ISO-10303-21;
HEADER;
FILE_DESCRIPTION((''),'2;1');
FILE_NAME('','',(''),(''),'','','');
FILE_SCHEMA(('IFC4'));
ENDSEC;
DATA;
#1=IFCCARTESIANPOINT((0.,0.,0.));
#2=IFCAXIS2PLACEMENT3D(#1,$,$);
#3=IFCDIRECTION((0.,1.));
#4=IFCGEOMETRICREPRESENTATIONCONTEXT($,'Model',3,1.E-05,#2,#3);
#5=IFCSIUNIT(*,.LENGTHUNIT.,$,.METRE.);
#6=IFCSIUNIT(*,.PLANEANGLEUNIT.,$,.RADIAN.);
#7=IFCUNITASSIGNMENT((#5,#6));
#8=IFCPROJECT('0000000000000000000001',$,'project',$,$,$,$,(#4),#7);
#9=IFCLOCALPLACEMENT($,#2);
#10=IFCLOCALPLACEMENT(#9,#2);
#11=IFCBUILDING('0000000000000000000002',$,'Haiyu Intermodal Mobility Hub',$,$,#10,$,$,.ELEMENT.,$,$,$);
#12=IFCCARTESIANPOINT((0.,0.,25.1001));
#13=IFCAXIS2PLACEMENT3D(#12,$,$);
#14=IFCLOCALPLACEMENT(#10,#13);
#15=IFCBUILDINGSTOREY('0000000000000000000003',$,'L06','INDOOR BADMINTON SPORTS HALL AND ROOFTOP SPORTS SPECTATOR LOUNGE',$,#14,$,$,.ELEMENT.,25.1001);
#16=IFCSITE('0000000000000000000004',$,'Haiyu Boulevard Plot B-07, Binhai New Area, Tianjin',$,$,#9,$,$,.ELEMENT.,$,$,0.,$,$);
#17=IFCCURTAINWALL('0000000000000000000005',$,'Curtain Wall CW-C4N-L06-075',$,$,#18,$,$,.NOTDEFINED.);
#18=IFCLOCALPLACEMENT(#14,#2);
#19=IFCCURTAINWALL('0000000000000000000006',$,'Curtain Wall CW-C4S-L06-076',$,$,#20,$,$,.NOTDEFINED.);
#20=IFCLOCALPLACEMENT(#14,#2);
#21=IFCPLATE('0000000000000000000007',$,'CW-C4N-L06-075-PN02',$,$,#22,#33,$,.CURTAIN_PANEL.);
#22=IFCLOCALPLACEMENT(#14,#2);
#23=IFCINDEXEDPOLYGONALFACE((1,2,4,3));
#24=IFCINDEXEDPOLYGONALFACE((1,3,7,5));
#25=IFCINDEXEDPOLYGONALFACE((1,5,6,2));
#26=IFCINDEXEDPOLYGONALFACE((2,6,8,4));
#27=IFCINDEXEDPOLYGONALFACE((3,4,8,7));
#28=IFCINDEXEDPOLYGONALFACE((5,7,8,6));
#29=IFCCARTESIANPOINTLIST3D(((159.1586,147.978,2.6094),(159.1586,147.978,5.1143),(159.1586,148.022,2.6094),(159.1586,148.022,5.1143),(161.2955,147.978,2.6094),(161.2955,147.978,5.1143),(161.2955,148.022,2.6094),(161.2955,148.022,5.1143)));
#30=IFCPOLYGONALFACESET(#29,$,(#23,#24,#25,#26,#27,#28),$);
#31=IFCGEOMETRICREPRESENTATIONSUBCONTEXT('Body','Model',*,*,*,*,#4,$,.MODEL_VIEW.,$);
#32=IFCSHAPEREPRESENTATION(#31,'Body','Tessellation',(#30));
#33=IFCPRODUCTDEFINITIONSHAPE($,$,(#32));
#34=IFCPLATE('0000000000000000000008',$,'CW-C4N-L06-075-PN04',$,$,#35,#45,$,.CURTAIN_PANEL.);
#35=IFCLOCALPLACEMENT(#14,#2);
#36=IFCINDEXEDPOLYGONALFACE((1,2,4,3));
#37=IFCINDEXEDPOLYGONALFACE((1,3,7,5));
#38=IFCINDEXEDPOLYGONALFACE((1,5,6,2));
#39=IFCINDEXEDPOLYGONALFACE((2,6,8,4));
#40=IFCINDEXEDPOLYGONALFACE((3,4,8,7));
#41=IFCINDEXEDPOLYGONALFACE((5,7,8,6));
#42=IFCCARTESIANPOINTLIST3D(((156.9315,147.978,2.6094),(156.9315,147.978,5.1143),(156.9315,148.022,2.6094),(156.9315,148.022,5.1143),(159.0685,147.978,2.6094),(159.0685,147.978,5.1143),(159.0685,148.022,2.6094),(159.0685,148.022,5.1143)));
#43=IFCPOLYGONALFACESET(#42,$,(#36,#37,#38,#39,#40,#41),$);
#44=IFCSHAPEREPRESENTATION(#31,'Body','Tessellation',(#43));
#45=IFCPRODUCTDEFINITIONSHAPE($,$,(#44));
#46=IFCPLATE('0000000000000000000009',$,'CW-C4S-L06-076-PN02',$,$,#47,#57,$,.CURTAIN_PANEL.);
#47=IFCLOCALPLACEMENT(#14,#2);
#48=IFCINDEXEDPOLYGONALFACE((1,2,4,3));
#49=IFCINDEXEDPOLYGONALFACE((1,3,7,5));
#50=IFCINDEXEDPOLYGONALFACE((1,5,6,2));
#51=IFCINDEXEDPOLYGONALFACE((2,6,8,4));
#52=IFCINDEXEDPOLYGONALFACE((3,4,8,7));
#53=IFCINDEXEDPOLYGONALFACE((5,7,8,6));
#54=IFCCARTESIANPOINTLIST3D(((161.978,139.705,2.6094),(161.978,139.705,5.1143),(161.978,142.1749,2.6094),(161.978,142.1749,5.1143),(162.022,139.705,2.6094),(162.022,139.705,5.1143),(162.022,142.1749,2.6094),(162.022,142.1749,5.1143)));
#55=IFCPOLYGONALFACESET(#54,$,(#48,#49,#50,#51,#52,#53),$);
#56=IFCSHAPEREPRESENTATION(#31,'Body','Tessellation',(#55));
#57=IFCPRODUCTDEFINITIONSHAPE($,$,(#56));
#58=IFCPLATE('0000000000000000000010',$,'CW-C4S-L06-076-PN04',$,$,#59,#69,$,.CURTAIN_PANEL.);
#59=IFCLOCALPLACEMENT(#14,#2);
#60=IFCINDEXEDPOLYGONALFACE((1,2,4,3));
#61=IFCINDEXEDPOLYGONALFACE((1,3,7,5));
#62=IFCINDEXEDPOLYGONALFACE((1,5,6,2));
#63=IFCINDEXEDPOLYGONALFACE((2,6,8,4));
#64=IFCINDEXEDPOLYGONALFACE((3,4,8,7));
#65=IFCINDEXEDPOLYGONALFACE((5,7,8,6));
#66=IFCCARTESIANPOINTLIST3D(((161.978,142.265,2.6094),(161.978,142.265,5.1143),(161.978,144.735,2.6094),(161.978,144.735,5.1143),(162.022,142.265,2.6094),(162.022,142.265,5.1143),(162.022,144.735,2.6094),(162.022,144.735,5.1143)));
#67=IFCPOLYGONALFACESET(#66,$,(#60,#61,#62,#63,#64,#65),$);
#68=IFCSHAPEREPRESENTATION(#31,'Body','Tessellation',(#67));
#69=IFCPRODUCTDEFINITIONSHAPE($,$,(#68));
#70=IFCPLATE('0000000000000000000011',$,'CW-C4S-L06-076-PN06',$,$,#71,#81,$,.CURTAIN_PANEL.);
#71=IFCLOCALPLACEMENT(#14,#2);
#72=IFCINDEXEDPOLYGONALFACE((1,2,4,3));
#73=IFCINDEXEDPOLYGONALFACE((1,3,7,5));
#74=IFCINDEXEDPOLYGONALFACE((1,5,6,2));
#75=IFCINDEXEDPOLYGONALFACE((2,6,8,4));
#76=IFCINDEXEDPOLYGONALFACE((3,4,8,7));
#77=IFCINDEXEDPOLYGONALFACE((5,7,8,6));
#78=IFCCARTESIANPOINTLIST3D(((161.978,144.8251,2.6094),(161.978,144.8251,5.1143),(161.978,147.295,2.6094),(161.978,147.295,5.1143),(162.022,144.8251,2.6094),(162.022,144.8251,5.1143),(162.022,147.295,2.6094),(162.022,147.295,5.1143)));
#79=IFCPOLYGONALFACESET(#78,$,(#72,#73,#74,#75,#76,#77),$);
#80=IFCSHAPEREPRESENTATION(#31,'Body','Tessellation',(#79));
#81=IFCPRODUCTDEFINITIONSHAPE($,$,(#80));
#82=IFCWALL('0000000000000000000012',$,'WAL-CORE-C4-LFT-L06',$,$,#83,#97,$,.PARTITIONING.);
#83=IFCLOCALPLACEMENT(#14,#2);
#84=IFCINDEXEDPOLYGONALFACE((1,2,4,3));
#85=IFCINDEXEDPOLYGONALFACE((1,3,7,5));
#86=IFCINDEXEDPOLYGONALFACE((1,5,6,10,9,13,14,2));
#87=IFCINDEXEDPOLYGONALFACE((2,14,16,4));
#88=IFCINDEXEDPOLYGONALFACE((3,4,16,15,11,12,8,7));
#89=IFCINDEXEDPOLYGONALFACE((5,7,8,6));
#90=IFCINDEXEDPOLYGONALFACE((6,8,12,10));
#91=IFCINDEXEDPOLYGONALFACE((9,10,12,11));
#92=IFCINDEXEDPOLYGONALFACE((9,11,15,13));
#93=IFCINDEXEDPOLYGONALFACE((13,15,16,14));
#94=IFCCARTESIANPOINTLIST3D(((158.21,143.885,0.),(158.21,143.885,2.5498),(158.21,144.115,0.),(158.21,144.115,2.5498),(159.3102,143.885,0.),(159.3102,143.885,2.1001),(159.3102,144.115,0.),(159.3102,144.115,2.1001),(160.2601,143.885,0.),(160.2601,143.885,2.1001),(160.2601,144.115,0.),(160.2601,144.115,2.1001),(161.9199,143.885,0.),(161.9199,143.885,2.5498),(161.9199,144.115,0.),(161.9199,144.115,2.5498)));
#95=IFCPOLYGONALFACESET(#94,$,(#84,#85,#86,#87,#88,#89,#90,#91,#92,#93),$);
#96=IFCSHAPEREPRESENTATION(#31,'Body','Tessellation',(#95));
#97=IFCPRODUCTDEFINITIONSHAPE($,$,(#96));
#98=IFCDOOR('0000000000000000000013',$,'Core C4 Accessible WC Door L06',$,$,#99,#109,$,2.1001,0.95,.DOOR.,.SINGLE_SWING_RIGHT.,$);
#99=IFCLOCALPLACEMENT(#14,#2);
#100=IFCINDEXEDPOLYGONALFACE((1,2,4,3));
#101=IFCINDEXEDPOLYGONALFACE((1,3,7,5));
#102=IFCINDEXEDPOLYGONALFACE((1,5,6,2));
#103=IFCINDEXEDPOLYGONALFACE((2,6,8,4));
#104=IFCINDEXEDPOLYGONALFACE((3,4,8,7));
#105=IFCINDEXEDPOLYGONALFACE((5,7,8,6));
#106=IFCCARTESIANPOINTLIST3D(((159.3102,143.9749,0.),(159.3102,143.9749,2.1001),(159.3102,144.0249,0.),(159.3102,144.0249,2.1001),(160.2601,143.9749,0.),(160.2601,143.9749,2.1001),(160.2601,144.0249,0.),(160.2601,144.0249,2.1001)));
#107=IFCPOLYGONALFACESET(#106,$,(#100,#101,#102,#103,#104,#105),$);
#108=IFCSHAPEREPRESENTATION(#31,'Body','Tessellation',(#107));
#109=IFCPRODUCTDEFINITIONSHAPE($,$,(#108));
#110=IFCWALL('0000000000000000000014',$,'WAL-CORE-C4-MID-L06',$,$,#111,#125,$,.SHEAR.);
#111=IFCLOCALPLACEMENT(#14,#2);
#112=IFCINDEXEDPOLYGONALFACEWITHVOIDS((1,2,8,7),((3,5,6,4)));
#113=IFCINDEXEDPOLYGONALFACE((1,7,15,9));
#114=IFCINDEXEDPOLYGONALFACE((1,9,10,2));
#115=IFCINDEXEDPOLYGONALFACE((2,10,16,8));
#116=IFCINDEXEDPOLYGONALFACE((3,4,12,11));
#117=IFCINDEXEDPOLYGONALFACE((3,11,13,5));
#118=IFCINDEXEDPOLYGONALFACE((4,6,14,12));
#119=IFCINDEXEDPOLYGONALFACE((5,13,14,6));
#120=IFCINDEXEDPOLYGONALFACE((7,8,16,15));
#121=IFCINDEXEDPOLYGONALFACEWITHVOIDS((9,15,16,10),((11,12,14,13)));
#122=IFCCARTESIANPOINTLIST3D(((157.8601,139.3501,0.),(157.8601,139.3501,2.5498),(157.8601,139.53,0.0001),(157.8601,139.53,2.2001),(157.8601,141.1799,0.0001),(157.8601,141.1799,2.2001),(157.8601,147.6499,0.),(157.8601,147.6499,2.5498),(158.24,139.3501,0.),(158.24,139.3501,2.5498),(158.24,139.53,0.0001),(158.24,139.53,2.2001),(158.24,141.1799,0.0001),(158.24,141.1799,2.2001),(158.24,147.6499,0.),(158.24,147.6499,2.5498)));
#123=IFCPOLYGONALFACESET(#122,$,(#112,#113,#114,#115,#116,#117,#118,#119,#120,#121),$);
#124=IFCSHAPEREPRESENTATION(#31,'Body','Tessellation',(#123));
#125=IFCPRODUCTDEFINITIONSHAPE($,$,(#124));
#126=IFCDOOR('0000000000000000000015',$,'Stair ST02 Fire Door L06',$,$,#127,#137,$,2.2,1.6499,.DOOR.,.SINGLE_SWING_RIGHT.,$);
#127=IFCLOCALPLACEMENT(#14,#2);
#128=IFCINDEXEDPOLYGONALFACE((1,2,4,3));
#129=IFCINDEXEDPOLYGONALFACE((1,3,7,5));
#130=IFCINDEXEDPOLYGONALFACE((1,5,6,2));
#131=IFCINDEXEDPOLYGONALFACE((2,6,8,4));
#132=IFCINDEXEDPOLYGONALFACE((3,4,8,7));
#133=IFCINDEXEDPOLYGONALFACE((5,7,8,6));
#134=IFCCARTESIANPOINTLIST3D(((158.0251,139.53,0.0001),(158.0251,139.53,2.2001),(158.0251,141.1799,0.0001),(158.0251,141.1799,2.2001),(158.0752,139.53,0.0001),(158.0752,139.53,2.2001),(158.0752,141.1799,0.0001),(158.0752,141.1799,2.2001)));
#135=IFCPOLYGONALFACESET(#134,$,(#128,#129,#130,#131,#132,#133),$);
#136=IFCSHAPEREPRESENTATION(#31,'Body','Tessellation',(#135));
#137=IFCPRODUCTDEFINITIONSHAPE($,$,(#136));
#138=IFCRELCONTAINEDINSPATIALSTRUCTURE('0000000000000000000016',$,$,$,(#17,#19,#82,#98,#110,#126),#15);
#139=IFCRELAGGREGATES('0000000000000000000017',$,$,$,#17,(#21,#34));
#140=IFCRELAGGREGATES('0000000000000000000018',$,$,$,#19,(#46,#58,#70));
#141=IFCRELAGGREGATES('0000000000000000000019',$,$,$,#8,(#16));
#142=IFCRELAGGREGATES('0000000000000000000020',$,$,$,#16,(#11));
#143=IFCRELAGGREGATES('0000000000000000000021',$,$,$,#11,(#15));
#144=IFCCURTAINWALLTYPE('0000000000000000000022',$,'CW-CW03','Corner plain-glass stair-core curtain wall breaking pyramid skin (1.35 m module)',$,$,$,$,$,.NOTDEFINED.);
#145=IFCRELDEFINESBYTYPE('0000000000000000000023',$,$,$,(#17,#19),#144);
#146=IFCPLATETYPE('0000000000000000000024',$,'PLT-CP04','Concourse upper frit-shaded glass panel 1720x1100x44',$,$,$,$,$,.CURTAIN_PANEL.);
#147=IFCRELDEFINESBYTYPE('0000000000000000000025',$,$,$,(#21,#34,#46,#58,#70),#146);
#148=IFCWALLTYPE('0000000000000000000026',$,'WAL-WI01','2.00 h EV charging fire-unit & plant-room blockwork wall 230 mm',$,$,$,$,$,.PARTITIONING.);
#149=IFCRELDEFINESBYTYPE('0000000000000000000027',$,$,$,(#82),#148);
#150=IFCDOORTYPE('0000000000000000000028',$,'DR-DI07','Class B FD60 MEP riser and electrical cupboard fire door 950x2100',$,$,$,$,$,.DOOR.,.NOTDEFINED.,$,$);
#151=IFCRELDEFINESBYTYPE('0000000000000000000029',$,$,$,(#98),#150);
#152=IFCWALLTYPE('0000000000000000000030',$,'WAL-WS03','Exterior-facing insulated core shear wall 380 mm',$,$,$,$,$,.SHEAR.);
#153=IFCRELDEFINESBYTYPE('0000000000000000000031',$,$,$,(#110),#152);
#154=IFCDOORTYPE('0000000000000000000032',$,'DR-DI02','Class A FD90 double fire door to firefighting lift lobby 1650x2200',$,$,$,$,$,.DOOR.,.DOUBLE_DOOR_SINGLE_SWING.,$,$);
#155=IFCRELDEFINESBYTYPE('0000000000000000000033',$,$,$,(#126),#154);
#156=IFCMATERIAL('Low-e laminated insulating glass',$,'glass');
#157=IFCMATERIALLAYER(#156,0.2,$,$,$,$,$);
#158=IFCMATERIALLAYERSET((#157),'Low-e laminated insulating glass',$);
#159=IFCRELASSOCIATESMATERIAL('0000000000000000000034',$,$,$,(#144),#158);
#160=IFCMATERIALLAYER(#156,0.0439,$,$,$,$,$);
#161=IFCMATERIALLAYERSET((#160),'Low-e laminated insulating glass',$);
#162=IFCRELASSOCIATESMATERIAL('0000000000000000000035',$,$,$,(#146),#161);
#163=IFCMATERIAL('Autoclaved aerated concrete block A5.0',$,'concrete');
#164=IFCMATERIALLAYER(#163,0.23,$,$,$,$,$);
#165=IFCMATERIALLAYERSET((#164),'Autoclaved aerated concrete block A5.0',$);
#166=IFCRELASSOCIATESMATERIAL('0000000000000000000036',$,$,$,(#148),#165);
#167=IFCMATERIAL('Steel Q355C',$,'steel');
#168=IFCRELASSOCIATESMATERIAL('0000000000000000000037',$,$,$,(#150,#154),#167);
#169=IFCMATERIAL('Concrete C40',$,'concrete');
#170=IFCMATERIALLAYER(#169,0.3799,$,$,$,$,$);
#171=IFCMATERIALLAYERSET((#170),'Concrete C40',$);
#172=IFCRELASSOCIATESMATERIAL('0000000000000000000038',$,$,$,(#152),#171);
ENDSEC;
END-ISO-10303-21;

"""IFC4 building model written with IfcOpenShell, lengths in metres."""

from ifc_helpers import new_model, si_unit, direction, frame, frame_2d, origin, origin_2d, place, context, subcontext, project, spatial, rectangle, extrude, material, layer, layer_set, type_object, element, fill, aggregate, save


model = new_model("IFC4")

# Units and contexts
model_context = context("Model", 3, precision=1e-05, world=origin(), true_north=direction((0.0, 1.0)))
body_context = subcontext(model_context, "Body", "Model", "MODEL_VIEW")
ifc_project = project(units=[si_unit("LENGTHUNIT", "METRE"), si_unit("PLANEANGLEUNIT", "RADIAN")], contexts=[model_context])

# Site, building, storey
site_placement = place(None, origin())
site = spatial("IfcSite", under=ifc_project, at=site_placement, Name="Haiyu Boulevard Plot B-07, Binhai New Area, Tianjin", CompositionType="ELEMENT", RefElevation=0.0)
building_placement = place(site_placement, origin())
building = spatial("IfcBuilding", under=site, at=building_placement, Name="Haiyu Intermodal Mobility Hub", CompositionType="ELEMENT")
storey_placement = place(building_placement, frame((0.0, 0.0, 25.1001)))
storey = spatial("IfcBuildingStorey", under=building, at=storey_placement, Name="L06", Description="INDOOR BADMINTON SPORTS HALL AND ROOFTOP SPORTS SPECTATOR LOUNGE", CompositionType="ELEMENT", Elevation=25.1001)

# Shared definitions
ifc_material_1 = material(Name="Steel Q355C", Category="steel")

# Curtain walls
ifc_material_2 = material(Name="Low-e laminated insulating glass", Category="glass")
ifc_layer_1 = layer(ifc_material_2, 0.2)
ifc_layer_set_1 = layer_set([ifc_layer_1], Name="Low-e laminated insulating glass")
curtain_wall_type = type_object("IfcCurtainWallType", Name="CW-CW03", Description="Corner plain-glass stair-core curtain wall breaking pyramid skin (1.35 m module)", PredefinedType="NOTDEFINED", material=ifc_layer_set_1)
curtain_wall_1_placement = place(storey_placement, origin())
curtain_wall_1 = element("IfcCurtainWall", 1, at=curtain_wall_1_placement, inside=storey, type_object=curtain_wall_type, Name="Curtain Wall CW-C4N-L06-075", PredefinedType="NOTDEFINED")
curtain_wall_2_placement = place(storey_placement, origin())
curtain_wall_2 = element("IfcCurtainWall", 2, at=curtain_wall_2_placement, inside=storey, type_object=curtain_wall_type, Name="Curtain Wall CW-C4S-L06-076", PredefinedType="NOTDEFINED")

# Plates
ifc_layer_2 = layer(ifc_material_2, 0.0439)
ifc_layer_set_2 = layer_set([ifc_layer_2], Name="Low-e laminated insulating glass")
plate_type_1 = type_object("IfcPlateType", Name="PLT-CP04", Description="Concourse upper frit-shaded glass panel 1720x1100x44", PredefinedType="CURTAIN_PANEL", material=ifc_layer_set_2)
plate_1_placement = place(storey_placement, frame((160.2271, 148.0, 2.6094), z_axis=(0.0, 0.0, 1.0), x_axis=(-1.0, 0.0, 0.0)))
plate_1 = element("IfcPlate", 3, at=plate_1_placement, type_object=plate_type_1, Name="CW-C4N-L06-075-PN02", PredefinedType="CURTAIN_PANEL", context=body_context, shape_type="SweptSolid", body=[
    extrude(rectangle(XDim=2.137, YDim=0.0439, at=origin_2d()), origin(), (0.0, 0.0, 1.0), 2.5049),
])
plate_2_placement = place(storey_placement, frame((158.0, 148.0, 2.6094), z_axis=(0.0, 0.0, 1.0), x_axis=(-1.0, 0.0, 0.0)))
plate_2 = element("IfcPlate", 4, at=plate_2_placement, type_object=plate_type_1, Name="CW-C4N-L06-075-PN04", PredefinedType="CURTAIN_PANEL", context=body_context, shape_type="SweptSolid", body=[
    extrude(rectangle(XDim=2.137, YDim=0.0439, at=origin_2d()), origin(), (0.0, 0.0, 1.0), 2.5049),
])
aggregate(curtain_wall_1, [plate_1, plate_2])
plate_3_placement = place(storey_placement, frame((162.0, 140.9399, 2.6094), z_axis=(0.0, 0.0, 1.0), x_axis=(0.0, 1.0, 0.0)))
plate_3 = element("IfcPlate", 5, at=plate_3_placement, type_object=plate_type_1, Name="CW-C4S-L06-076-PN02", PredefinedType="CURTAIN_PANEL", context=body_context, shape_type="SweptSolid", body=[
    extrude(rectangle(XDim=2.47, YDim=0.0439, at=origin_2d()), origin(), (0.0, 0.0, 1.0), 2.5049),
])
plate_4_placement = place(storey_placement, frame((162.0, 143.5, 2.6094), z_axis=(0.0, 0.0, 1.0), x_axis=(0.0, 1.0, 0.0)))
plate_4 = element("IfcPlate", 6, at=plate_4_placement, type_object=plate_type_1, Name="CW-C4S-L06-076-PN04", PredefinedType="CURTAIN_PANEL", context=body_context, shape_type="SweptSolid", body=[
    extrude(rectangle(XDim=2.47, YDim=0.0439, at=origin_2d()), origin(), (0.0, 0.0, 1.0), 2.5049),
])
plate_5_placement = place(storey_placement, frame((162.0, 146.0601, 2.6094), z_axis=(0.0, 0.0, 1.0), x_axis=(0.0, 1.0, 0.0)))
plate_5 = element("IfcPlate", 7, at=plate_5_placement, type_object=plate_type_1, Name="CW-C4S-L06-076-PN06", PredefinedType="CURTAIN_PANEL", context=body_context, shape_type="SweptSolid", body=[
    extrude(rectangle(XDim=2.47, YDim=0.0439, at=origin_2d()), origin(), (0.0, 0.0, 1.0), 2.5049),
])
aggregate(curtain_wall_2, [plate_3, plate_4, plate_5])

# Walls, openings, doors
ifc_material_3 = material(Name="Autoclaved aerated concrete block A5.0", Category="concrete")
ifc_layer_3 = layer(ifc_material_3, 0.23)
ifc_layer_set_3 = layer_set([ifc_layer_3], Name="Autoclaved aerated concrete block A5.0")
wall_type_1 = type_object("IfcWallType", Name="WAL-WI01", Description="2.00 h EV charging fire-unit & plant-room blockwork wall 230 mm", PredefinedType="PARTITIONING", material=ifc_layer_set_3)
wall_1_placement = place(storey_placement, frame((158.21, 144.0, 0.0), z_axis=(0.0, 0.0, 1.0), x_axis=(1.0, 0.0, 0.0)))
wall_1 = element("IfcWall", 8, at=wall_1_placement, inside=storey, type_object=wall_type_1, Name="WAL-CORE-C4-LFT-L06", PredefinedType="PARTITIONING", context=body_context, shape_type="SweptSolid", body=[
    extrude(rectangle(XDim=3.71, YDim=0.23, at=frame_2d((1.855, 0.0))), origin(), (0.0, 0.0, 1.0), 2.5498),
])
opening_1_placement = place(wall_1_placement, frame((1.1001, 0.0, 0.0)))
opening_1 = element("IfcOpeningElement", 9, at=opening_1_placement, cuts=wall_1, PredefinedType="OPENING", context=body_context, shape_type="SweptSolid", body=[
    extrude(rectangle(XDim=0.95, YDim=2.1001, at=frame_2d((0.4751, 1.05))), frame((0.0, 0.125, 0.0), z_axis=(0.0, -1.0, 0.0), x_axis=(1.0, 0.0, 0.0)), (0.0, 0.0, 1.0), 0.25),
])
door_type_1 = type_object("IfcDoorType", Name="DR-DI07", Description="Class B FD60 MEP riser and electrical cupboard fire door 950x2100", OperationType="NOTDEFINED", PredefinedType="DOOR", material=ifc_material_1)
door_1_placement = place(opening_1_placement, origin())
door_1 = element("IfcDoor", 10, at=door_1_placement, inside=storey, type_object=door_type_1, Name="Core C4 Accessible WC Door L06", OperationType="SINGLE_SWING_RIGHT", OverallHeight=2.1001, OverallWidth=0.95, PredefinedType="DOOR", context=body_context, shape_type="SweptSolid", body=[
    extrude(rectangle(XDim=0.95, YDim=2.1001, at=frame_2d((0.4751, 1.05))), frame((0.0, 0.0249, 0.0), z_axis=(0.0, -1.0, 0.0), x_axis=(1.0, 0.0, 0.0)), (0.0, 0.0, 1.0), 0.05),
])
fill(opening_1, door_1)
ifc_material_4 = material(Name="Concrete C40", Category="concrete")
ifc_layer_4 = layer(ifc_material_4, 0.3799)
ifc_layer_set_4 = layer_set([ifc_layer_4], Name="Concrete C40")
wall_type_2 = type_object("IfcWallType", Name="WAL-WS03", Description="Exterior-facing insulated core shear wall 380 mm", PredefinedType="SHEAR", material=ifc_layer_set_4)
wall_2_placement = place(storey_placement, frame((158.05, 139.3501, 0.0), z_axis=(0.0, 0.0, 1.0), x_axis=(0.0, 1.0, 0.0)))
wall_2 = element("IfcWall", 11, at=wall_2_placement, inside=storey, type_object=wall_type_2, Name="WAL-CORE-C4-MID-L06", PredefinedType="SHEAR", context=body_context, shape_type="SweptSolid", body=[
    extrude(rectangle(XDim=8.2998, YDim=0.3799, at=frame_2d((4.1499, 0.0))), origin(), (0.0, 0.0, 1.0), 2.5498),
])
opening_2_placement = place(wall_2_placement, frame((0.1799, 0.0, 0.0)))
opening_2 = element("IfcOpeningElement", 12, at=opening_2_placement, cuts=wall_2, PredefinedType="OPENING", context=body_context, shape_type="SweptSolid", body=[
    extrude(rectangle(XDim=1.6499, YDim=2.2, at=frame_2d((0.825, 1.1001))), frame((0.0, 0.2, 0.0), z_axis=(0.0, -1.0, 0.0), x_axis=(1.0, 0.0, 0.0)), (0.0, 0.0, 1.0), 0.3999),
])
door_type_2 = type_object("IfcDoorType", Name="DR-DI02", Description="Class A FD90 double fire door to firefighting lift lobby 1650x2200", OperationType="DOUBLE_DOOR_SINGLE_SWING", PredefinedType="DOOR", material=ifc_material_1)
door_2_placement = place(opening_2_placement, origin())
door_2 = element("IfcDoor", 13, at=door_2_placement, inside=storey, type_object=door_type_2, Name="Stair ST02 Fire Door L06", OperationType="SINGLE_SWING_RIGHT", OverallHeight=2.2, OverallWidth=1.6499, PredefinedType="DOOR", context=body_context, shape_type="SweptSolid", body=[
    extrude(rectangle(XDim=1.6499, YDim=2.2, at=frame_2d((0.825, 1.1001))), frame((0.0, 0.0249, 0.0), z_axis=(0.0, -1.0, 0.0), x_axis=(1.0, 0.0, 0.0)), (0.0, 0.0, 1.0), 0.05),
])
fill(opening_2, door_2)

save(model, "model.ifc")
